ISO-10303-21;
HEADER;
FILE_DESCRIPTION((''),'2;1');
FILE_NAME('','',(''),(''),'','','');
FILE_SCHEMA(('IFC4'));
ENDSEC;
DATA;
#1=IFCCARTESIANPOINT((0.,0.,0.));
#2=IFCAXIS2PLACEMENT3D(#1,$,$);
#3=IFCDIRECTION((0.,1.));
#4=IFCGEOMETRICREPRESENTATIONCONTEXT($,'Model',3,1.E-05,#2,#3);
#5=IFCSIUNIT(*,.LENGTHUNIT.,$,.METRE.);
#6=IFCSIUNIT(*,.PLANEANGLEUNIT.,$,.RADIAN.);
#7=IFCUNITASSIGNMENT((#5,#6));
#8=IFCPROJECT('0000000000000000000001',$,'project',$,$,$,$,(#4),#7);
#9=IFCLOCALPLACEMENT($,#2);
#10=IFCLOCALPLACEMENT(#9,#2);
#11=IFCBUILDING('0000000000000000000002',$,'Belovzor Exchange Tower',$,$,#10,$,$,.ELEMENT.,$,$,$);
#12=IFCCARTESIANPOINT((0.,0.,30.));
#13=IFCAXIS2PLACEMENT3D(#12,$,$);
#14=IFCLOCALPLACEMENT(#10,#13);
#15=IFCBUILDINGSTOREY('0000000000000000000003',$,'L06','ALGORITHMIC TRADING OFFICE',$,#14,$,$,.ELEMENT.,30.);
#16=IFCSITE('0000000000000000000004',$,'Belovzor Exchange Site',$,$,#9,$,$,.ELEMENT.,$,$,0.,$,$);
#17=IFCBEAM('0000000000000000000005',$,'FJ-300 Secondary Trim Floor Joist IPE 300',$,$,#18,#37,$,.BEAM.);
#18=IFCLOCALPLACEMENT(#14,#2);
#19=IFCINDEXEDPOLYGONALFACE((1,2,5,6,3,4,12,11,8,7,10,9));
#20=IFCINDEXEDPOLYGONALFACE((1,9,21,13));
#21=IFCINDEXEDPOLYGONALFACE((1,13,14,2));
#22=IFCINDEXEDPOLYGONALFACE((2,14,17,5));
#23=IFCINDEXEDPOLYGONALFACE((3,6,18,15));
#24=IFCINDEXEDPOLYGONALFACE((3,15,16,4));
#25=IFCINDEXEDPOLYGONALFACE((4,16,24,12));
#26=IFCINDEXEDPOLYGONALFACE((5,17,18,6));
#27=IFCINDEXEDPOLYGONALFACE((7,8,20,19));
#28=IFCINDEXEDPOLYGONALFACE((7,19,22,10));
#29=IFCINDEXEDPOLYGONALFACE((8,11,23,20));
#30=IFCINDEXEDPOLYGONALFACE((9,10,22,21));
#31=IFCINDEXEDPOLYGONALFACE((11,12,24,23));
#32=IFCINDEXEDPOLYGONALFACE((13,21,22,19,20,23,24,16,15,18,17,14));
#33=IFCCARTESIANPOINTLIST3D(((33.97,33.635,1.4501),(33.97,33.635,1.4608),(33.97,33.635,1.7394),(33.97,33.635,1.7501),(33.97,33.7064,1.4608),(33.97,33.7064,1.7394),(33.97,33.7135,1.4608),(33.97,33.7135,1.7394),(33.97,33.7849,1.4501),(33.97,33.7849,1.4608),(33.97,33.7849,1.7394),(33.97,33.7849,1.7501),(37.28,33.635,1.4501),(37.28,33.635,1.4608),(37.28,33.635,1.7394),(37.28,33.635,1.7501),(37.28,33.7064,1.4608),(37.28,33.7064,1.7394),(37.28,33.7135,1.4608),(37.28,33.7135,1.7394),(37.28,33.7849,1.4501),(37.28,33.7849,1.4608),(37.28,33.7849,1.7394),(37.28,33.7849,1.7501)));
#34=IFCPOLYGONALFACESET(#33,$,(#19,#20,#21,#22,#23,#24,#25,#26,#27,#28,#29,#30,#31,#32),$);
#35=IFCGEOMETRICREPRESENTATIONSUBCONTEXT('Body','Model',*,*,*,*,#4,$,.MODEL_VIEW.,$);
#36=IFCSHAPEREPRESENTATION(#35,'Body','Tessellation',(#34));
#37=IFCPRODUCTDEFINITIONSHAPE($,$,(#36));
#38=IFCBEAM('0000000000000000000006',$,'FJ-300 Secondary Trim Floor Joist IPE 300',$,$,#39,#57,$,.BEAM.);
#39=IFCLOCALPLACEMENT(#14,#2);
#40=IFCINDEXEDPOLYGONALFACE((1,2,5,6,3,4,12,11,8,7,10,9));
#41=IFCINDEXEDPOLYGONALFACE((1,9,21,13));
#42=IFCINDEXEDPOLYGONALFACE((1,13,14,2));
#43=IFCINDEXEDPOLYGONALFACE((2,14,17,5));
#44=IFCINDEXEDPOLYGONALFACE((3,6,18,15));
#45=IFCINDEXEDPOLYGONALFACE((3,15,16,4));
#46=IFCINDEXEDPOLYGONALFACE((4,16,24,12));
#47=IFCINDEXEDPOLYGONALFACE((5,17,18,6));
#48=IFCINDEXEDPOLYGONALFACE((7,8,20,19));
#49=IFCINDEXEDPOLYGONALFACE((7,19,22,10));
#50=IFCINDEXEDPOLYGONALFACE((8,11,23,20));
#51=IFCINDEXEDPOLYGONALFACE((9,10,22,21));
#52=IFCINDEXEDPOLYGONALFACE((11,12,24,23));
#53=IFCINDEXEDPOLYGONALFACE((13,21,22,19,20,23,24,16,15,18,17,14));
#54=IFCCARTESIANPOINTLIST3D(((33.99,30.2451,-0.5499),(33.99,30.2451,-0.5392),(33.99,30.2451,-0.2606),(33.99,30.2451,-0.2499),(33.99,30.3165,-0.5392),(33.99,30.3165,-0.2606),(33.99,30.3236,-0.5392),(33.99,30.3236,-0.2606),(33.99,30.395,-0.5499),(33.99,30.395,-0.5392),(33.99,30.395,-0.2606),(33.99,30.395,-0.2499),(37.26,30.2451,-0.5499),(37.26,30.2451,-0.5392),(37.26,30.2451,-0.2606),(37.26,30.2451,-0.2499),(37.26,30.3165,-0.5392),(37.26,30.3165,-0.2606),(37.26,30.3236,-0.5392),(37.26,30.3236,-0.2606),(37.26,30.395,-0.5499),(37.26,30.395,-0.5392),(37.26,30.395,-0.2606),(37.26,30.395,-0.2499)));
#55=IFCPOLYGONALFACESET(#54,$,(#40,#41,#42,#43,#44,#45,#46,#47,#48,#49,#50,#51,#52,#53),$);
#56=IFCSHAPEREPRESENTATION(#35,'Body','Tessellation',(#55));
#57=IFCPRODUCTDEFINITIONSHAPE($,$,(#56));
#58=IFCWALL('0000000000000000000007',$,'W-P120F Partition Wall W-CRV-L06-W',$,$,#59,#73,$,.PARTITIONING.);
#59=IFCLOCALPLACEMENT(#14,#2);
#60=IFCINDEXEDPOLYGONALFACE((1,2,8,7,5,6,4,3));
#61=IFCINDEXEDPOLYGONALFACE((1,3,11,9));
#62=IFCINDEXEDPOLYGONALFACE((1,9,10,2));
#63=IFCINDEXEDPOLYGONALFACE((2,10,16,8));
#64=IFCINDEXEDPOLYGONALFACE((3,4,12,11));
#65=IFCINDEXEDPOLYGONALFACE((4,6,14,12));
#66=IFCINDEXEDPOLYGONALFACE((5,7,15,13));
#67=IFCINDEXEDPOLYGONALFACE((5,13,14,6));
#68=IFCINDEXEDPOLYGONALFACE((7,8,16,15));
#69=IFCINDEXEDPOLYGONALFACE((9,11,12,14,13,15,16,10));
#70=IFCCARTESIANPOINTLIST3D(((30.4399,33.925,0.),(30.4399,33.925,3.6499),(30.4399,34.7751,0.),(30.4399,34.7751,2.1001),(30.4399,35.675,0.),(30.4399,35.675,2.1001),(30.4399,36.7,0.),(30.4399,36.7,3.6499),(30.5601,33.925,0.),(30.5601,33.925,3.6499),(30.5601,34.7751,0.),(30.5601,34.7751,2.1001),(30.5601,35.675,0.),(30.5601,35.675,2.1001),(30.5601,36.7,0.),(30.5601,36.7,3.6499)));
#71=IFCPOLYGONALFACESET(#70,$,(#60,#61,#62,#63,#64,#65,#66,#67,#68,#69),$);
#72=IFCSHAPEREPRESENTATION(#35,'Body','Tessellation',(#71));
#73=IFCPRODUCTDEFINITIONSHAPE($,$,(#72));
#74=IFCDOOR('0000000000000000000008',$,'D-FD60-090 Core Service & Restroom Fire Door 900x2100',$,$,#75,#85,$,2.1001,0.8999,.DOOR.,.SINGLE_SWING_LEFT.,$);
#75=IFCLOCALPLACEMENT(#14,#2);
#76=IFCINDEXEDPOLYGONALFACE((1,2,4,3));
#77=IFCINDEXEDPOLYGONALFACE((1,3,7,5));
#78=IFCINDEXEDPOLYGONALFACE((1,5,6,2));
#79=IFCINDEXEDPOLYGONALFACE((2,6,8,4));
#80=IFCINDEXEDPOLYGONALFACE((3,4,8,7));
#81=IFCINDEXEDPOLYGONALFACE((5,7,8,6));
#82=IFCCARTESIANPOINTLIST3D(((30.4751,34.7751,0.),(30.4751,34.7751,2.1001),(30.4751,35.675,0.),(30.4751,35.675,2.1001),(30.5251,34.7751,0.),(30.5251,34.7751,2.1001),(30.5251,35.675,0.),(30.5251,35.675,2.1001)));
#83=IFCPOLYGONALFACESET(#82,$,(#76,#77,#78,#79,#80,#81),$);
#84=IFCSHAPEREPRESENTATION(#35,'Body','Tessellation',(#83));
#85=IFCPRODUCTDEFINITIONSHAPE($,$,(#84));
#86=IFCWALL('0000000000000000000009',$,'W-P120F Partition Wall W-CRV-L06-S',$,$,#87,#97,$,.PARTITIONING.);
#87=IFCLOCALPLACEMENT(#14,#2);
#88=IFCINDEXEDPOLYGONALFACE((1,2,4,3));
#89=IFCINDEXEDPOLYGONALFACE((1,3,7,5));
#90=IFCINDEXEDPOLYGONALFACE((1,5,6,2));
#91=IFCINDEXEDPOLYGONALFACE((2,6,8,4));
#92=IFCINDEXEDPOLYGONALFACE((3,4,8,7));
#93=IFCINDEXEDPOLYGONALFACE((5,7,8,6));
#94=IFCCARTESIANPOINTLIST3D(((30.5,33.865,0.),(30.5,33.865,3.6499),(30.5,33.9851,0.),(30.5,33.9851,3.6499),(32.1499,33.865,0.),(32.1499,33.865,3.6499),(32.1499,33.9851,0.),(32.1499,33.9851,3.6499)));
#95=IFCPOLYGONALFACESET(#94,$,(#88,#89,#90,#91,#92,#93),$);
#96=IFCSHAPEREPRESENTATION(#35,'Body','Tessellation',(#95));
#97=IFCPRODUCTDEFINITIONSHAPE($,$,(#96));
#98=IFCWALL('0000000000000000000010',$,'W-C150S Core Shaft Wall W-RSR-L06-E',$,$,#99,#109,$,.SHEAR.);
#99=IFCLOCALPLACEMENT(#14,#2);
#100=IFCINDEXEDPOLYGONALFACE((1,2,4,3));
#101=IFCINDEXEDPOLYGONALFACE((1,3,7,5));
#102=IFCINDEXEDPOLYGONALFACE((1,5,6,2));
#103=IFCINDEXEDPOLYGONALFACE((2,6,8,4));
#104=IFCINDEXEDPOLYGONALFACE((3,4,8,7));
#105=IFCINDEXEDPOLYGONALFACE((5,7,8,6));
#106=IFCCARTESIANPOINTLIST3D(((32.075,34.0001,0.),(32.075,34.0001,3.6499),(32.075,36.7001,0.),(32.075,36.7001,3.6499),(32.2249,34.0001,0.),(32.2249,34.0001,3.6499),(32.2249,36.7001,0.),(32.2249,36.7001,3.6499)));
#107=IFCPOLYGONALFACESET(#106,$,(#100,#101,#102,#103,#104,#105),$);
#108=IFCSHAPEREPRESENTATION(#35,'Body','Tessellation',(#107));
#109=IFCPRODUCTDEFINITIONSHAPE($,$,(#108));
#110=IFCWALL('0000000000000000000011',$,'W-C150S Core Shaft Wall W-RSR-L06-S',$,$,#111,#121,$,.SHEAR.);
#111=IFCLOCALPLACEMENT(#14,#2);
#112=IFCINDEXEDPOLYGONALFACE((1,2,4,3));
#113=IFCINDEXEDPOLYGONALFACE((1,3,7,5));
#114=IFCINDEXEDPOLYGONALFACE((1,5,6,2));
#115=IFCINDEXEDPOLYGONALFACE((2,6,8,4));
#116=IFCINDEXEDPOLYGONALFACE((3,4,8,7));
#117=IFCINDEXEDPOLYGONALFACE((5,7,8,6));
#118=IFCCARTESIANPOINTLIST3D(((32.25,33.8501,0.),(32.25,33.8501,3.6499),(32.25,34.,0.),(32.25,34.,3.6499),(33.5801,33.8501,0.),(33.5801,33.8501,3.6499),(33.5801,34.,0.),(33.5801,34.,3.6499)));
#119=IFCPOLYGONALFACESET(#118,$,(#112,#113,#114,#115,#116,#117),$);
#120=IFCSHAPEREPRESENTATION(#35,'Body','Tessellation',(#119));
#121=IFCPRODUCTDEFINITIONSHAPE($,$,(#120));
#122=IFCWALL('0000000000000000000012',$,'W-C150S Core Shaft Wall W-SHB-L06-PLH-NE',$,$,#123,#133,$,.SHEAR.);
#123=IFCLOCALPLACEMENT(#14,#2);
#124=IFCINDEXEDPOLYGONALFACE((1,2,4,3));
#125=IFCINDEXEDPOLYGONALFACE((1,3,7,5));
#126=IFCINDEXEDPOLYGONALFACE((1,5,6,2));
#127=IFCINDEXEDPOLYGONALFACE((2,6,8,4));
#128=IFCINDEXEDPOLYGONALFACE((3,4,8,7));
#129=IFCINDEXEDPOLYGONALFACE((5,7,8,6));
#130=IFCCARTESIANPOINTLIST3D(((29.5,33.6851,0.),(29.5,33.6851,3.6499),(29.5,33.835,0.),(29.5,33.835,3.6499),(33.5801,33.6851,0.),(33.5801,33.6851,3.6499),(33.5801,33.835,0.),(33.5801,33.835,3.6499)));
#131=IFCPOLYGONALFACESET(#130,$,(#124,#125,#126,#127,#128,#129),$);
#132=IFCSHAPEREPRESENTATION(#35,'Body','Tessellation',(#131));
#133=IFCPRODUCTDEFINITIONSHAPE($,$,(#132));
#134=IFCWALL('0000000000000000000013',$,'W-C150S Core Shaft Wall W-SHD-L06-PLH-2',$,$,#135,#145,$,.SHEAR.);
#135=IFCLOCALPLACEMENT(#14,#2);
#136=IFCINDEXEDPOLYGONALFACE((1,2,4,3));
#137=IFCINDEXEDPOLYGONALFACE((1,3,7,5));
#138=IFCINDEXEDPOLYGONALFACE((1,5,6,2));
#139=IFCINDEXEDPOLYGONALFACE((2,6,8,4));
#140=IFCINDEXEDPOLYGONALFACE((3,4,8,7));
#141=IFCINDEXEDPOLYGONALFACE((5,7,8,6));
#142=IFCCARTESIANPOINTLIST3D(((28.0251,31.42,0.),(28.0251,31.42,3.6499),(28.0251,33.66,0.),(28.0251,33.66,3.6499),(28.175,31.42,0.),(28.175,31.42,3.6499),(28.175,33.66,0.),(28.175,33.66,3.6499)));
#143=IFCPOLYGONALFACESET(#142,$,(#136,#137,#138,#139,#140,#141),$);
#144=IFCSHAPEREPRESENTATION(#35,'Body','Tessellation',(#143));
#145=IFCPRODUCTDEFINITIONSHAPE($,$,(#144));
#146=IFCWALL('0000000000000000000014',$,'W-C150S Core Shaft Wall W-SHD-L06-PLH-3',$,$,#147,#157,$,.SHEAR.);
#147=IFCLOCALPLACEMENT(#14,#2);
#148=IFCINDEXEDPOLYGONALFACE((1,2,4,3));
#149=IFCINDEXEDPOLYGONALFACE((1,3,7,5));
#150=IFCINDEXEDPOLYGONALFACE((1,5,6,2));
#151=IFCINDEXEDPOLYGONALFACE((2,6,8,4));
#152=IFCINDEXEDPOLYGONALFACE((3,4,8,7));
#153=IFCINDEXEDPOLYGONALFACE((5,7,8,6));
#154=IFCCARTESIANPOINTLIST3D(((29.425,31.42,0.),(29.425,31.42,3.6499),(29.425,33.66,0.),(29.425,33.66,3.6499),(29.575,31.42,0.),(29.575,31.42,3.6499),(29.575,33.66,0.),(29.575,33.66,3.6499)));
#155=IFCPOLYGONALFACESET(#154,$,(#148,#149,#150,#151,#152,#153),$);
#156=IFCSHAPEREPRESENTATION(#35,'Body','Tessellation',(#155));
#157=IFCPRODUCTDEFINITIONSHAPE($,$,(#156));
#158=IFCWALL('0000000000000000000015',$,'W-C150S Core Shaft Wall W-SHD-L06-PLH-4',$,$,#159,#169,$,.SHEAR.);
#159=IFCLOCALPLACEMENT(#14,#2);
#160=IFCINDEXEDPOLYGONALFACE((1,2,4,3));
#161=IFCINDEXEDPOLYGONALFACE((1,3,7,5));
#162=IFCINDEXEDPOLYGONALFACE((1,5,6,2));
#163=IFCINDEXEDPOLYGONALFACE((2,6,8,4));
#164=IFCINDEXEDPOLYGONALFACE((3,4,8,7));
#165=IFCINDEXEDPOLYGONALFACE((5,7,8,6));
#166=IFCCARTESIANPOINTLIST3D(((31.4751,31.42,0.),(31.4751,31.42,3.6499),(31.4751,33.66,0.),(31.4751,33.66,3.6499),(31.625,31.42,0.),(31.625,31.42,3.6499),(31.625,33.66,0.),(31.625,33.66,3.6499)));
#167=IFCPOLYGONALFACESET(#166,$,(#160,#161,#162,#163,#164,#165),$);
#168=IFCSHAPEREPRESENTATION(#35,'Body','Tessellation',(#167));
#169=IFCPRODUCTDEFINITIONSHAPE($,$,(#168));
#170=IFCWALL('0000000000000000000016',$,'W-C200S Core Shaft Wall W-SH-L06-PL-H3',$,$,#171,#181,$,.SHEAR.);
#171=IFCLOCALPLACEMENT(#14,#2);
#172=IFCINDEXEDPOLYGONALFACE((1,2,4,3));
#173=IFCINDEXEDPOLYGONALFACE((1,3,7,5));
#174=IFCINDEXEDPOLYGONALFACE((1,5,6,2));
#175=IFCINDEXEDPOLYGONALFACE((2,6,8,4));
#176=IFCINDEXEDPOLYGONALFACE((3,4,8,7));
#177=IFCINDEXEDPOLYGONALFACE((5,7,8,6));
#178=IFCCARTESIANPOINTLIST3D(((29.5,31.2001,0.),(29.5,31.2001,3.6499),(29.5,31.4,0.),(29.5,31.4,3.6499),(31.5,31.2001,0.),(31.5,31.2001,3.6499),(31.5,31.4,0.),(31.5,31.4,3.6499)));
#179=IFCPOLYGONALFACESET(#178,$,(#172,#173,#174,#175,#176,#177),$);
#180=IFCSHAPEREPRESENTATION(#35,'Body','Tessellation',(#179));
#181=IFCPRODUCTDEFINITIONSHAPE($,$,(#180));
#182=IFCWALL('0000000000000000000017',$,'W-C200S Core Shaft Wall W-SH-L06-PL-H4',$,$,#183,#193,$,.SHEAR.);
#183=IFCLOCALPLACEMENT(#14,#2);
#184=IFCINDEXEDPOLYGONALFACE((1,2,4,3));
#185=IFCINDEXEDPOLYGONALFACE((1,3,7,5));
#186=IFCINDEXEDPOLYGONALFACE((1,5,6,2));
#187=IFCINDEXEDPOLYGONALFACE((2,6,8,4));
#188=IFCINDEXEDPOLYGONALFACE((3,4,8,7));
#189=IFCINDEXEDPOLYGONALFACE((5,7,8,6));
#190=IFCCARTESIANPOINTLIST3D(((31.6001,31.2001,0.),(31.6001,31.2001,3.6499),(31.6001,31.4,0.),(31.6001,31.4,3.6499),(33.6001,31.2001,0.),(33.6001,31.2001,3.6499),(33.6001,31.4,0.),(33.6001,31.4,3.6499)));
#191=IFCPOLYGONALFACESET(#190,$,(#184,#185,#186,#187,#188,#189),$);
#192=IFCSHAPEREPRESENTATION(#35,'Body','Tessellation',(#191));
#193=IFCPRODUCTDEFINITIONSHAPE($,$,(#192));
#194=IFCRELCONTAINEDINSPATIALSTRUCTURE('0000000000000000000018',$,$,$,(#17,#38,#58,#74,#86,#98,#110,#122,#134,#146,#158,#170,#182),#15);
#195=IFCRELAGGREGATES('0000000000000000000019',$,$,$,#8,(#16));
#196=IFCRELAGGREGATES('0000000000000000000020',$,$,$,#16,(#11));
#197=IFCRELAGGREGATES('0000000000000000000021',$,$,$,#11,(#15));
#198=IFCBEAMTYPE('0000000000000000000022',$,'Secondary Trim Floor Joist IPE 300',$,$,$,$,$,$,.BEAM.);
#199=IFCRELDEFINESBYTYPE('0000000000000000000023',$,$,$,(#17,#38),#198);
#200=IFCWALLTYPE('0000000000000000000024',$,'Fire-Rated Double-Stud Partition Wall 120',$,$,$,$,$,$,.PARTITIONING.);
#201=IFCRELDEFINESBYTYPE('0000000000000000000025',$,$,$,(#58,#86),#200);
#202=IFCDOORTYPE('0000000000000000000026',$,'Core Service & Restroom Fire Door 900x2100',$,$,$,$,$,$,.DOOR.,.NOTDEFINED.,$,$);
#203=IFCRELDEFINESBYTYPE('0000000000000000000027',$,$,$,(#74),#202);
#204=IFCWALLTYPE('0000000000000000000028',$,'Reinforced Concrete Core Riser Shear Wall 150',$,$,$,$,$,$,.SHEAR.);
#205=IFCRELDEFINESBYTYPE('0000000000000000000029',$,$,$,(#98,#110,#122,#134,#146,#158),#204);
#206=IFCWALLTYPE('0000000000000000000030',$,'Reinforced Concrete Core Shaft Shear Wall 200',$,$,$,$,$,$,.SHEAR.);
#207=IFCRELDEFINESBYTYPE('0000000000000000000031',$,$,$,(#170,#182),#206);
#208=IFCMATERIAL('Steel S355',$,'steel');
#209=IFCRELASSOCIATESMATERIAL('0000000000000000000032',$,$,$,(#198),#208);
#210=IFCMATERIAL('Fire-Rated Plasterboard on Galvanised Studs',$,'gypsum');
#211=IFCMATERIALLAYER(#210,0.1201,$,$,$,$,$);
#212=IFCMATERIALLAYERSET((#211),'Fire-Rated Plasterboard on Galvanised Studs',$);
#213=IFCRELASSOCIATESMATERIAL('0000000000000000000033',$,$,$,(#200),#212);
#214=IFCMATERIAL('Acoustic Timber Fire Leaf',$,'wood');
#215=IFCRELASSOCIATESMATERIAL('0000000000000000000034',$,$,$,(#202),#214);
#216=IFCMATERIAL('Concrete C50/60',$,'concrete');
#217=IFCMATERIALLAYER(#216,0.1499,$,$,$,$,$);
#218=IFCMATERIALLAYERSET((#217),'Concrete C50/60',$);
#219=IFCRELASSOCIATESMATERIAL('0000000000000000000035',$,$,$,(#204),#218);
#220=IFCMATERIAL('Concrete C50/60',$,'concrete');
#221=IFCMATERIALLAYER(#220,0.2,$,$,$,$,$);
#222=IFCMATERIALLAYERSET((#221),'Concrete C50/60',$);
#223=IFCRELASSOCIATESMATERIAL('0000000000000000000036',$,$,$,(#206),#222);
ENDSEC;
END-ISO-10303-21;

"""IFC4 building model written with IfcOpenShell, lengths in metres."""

from ifc_helpers import new_model, si_unit, direction, frame, frame_2d, origin, origin_2d, place, context, subcontext, project, spatial, rectangle, i_section, extrude, material, layer, layer_set, material_profile, profile_set, type_object, element, fill, save


model = new_model("IFC4")

# Units and contexts
model_context = context("Model", 3, precision=1e-05, world=origin(), true_north=direction((0.0, 1.0)))
body_context = subcontext(model_context, "Body", "Model", "MODEL_VIEW")
ifc_project = project(units=[si_unit("LENGTHUNIT", "METRE"), si_unit("PLANEANGLEUNIT", "RADIAN")], contexts=[model_context])

# Site, building, storey
site_placement = place(None, origin())
site = spatial("IfcSite", under=ifc_project, at=site_placement, Name="Belovzor Exchange Site", CompositionType="ELEMENT", RefElevation=0.0)
building_placement = place(site_placement, origin())
building = spatial("IfcBuilding", under=site, at=building_placement, Name="Belovzor Exchange Tower", CompositionType="ELEMENT")
storey_placement = place(building_placement, frame((0.0, 0.0, 30.0)))
storey = spatial("IfcBuildingStorey", under=building, at=storey_placement, Name="L06", Description="ALGORITHMIC TRADING OFFICE", CompositionType="ELEMENT", Elevation=30.0)

# Beams
ifc_material_1 = material(Name="Steel S355", Category="steel")
ifc_material_profile = material_profile(ifc_material_1, i_section(OverallWidth=0.1499, OverallDepth=0.3, WebThickness=0.0071, FlangeThickness=0.0107, at=origin_2d()))
ifc_profile_set = profile_set([ifc_material_profile], Name="Steel S355")
beam_type = type_object("IfcBeamType", Name="Secondary Trim Floor Joist IPE 300", PredefinedType="BEAM", material=ifc_profile_set)
beam_1_placement = place(storey_placement, frame((37.28, 33.71, 1.6001), z_axis=(-1.0, 0.0, 0.0), x_axis=(0.0, -1.0, 0.0)))
element("IfcBeam", 1, at=beam_1_placement, inside=storey, type_object=beam_type, Name="FJ-300 Secondary Trim Floor Joist IPE 300", PredefinedType="BEAM", context=body_context, shape_type="SweptSolid", body=[
    extrude(i_section(OverallWidth=0.1499, OverallDepth=0.3, WebThickness=0.0071, FlangeThickness=0.0107, at=origin_2d()), origin(), (0.0, 0.0, 1.0), 3.3101),
])
beam_2_placement = place(storey_placement, frame((37.26, 30.3201, -0.3999), z_axis=(-1.0, 0.0, 0.0), x_axis=(0.0, -1.0, 0.0)))
element("IfcBeam", 2, at=beam_2_placement, inside=storey, type_object=beam_type, Name="FJ-300 Secondary Trim Floor Joist IPE 300", PredefinedType="BEAM", context=body_context, shape_type="SweptSolid", body=[
    extrude(i_section(OverallWidth=0.1499, OverallDepth=0.3, WebThickness=0.0071, FlangeThickness=0.0107, at=origin_2d()), origin(), (0.0, 0.0, 1.0), 3.27),
])

# Wall, opening, door
ifc_material_2 = material(Name="Fire-Rated Plasterboard on Galvanised Studs", Category="gypsum")
ifc_layer_1 = layer(ifc_material_2, 0.1201)
ifc_layer_set_1 = layer_set([ifc_layer_1], Name="Fire-Rated Plasterboard on Galvanised Studs")
wall_type_1 = type_object("IfcWallType", Name="Fire-Rated Double-Stud Partition Wall 120", PredefinedType="PARTITIONING", material=ifc_layer_set_1)
wall_1_placement = place(storey_placement, frame((30.5, 33.925, 0.0), z_axis=(0.0, 0.0, 1.0), x_axis=(0.0, 1.0, 0.0)))
wall_1 = element("IfcWall", 3, at=wall_1_placement, inside=storey, type_object=wall_type_1, Name="W-P120F Partition Wall W-CRV-L06-W", PredefinedType="PARTITIONING", context=body_context, shape_type="SweptSolid", body=[
    extrude(rectangle(XDim=2.7749, YDim=0.1201, at=frame_2d((1.3875, 0.0))), origin(), (0.0, 0.0, 1.0), 3.6499),
])
opening_placement = place(wall_1_placement, frame((0.8501, 0.0, 0.0)))
opening = element("IfcOpeningElement", 4, at=opening_placement, cuts=wall_1, PredefinedType="OPENING", context=body_context, shape_type="SweptSolid", body=[
    extrude(rectangle(XDim=0.8999, YDim=2.1001, at=frame_2d((0.45, 1.05))), frame((0.0, 0.0701, 0.0), z_axis=(0.0, -1.0, 0.0), x_axis=(1.0, 0.0, 0.0)), (0.0, 0.0, 1.0), 0.1401),
])
ifc_material_3 = material(Name="Acoustic Timber Fire Leaf", Category="wood")
door_type = type_object("IfcDoorType", Name="Core Service & Restroom Fire Door 900x2100", OperationType="NOTDEFINED", PredefinedType="DOOR", material=ifc_material_3)
door_placement = place(opening_placement, origin())
door = element("IfcDoor", 5, at=door_placement, inside=storey, type_object=door_type, Name="D-FD60-090 Core Service & Restroom Fire Door 900x2100", OperationType="SINGLE_SWING_LEFT", OverallHeight=2.1001, OverallWidth=0.8999, PredefinedType="DOOR", context=body_context, shape_type="SweptSolid", body=[
    extrude(rectangle(XDim=0.8999, YDim=2.1001, at=frame_2d((0.45, 1.05))), frame((0.0, 0.0249, 0.0), z_axis=(0.0, -1.0, 0.0), x_axis=(1.0, 0.0, 0.0)), (0.0, 0.0, 1.0), 0.05),
])
fill(opening, door)

# Walls
wall_2_placement = place(storey_placement, frame((30.5, 33.925, 0.0), z_axis=(0.0, 0.0, 1.0), x_axis=(1.0, 0.0, 0.0)))
element("IfcWall", 6, at=wall_2_placement, inside=storey, type_object=wall_type_1, Name="W-P120F Partition Wall W-CRV-L06-S", PredefinedType="PARTITIONING", context=body_context, shape_type="SweptSolid", body=[
    extrude(rectangle(XDim=1.6499, YDim=0.1201, at=frame_2d((0.825, 0.0))), origin(), (0.0, 0.0, 1.0), 3.6499),
])
ifc_material_4 = material(Name="Concrete C50/60", Category="concrete")
ifc_layer_2 = layer(ifc_material_4, 0.1499)
ifc_layer_set_2 = layer_set([ifc_layer_2], Name="Concrete C50/60")
wall_type_2 = type_object("IfcWallType", Name="Reinforced Concrete Core Riser Shear Wall 150", PredefinedType="SHEAR", material=ifc_layer_set_2)
wall_3_placement = place(storey_placement, frame((32.1499, 34.0, 0.0), z_axis=(0.0, 0.0, 1.0), x_axis=(0.0, 1.0, 0.0)))
element("IfcWall", 7, at=wall_3_placement, inside=storey, type_object=wall_type_2, Name="W-C150S Core Shaft Wall W-RSR-L06-E", PredefinedType="SHEAR", context=body_context, shape_type="SweptSolid", body=[
    extrude(rectangle(XDim=2.7, YDim=0.1499, at=frame_2d((1.3501, 0.0))), origin(), (0.0, 0.0, 1.0), 3.6499),
])
wall_4_placement = place(storey_placement, frame((32.25, 33.925, 0.0), z_axis=(0.0, 0.0, 1.0), x_axis=(1.0, 0.0, 0.0)))
element("IfcWall", 8, at=wall_4_placement, inside=storey, type_object=wall_type_2, Name="W-C150S Core Shaft Wall W-RSR-L06-S", PredefinedType="SHEAR", context=body_context, shape_type="SweptSolid", body=[
    extrude(rectangle(XDim=1.3301, YDim=0.1499, at=frame_2d((0.665, 0.0))), origin(), (0.0, 0.0, 1.0), 3.6499),
])
wall_5_placement = place(storey_placement, frame((29.5, 33.76, 0.0), z_axis=(0.0, 0.0, 1.0), x_axis=(1.0, 0.0, 0.0)))
element("IfcWall", 9, at=wall_5_placement, inside=storey, type_object=wall_type_2, Name="W-C150S Core Shaft Wall W-SHB-L06-PLH-NE", PredefinedType="SHEAR", context=body_context, shape_type="SweptSolid", body=[
    extrude(rectangle(XDim=4.0801, YDim=0.1499, at=frame_2d((2.04, 0.0))), origin(), (0.0, 0.0, 1.0), 3.6499),
])
for number, where, z_axis, x_axis, name in (
    (10, (28.1001, 31.4199, 0.0), (0.0, 0.0, 1.0), (0.0, 1.0, 0.0), "W-C150S Core Shaft Wall W-SHD-L06-PLH-2"),
    (11, (29.5, 31.4199, 0.0), (0.0, 0.0, 1.0), (0.0, 1.0, 0.0), "W-C150S Core Shaft Wall W-SHD-L06-PLH-3"),
    (12, (31.55, 31.4199, 0.0), (0.0, 0.0, 1.0), (0.0, 1.0, 0.0), "W-C150S Core Shaft Wall W-SHD-L06-PLH-4"),
):
    element("IfcWall", number, at=place(storey_placement, frame(where, z_axis=z_axis, x_axis=x_axis)), inside=storey, type_object=wall_type_2, Name=name, PredefinedType="SHEAR", context=body_context, shape_type="SweptSolid", body=[
        extrude(rectangle(XDim=2.24, YDim=0.1499, at=frame_2d((1.1201, 0.0))), origin(), (0.0, 0.0, 1.0), 3.6499),
    ])
ifc_material_5 = material(Name="Concrete C50/60", Category="concrete")
ifc_layer_3 = layer(ifc_material_5, 0.2)
ifc_layer_set_3 = layer_set([ifc_layer_3], Name="Concrete C50/60")
wall_type_3 = type_object("IfcWallType", Name="Reinforced Concrete Core Shaft Shear Wall 200", PredefinedType="SHEAR", material=ifc_layer_set_3)
for number, where, z_axis, x_axis, name in (
    (13, (29.5, 31.3, 0.0), (0.0, 0.0, 1.0), (1.0, 0.0, 0.0), "W-C200S Core Shaft Wall W-SH-L06-PL-H3"),
    (14, (31.6001, 31.3, 0.0), (0.0, 0.0, 1.0), (1.0, 0.0, 0.0), "W-C200S Core Shaft Wall W-SH-L06-PL-H4"),
):
    element("IfcWall", number, at=place(storey_placement, frame(where, z_axis=z_axis, x_axis=x_axis)), inside=storey, type_object=wall_type_3, Name=name, PredefinedType="SHEAR", context=body_context, shape_type="SweptSolid", body=[
        extrude(rectangle(XDim=2.0, YDim=0.2, at=frame_2d((1.0, 0.0))), origin(), (0.0, 0.0, 1.0), 3.6499),
    ])

save(model, "model.ifc")
